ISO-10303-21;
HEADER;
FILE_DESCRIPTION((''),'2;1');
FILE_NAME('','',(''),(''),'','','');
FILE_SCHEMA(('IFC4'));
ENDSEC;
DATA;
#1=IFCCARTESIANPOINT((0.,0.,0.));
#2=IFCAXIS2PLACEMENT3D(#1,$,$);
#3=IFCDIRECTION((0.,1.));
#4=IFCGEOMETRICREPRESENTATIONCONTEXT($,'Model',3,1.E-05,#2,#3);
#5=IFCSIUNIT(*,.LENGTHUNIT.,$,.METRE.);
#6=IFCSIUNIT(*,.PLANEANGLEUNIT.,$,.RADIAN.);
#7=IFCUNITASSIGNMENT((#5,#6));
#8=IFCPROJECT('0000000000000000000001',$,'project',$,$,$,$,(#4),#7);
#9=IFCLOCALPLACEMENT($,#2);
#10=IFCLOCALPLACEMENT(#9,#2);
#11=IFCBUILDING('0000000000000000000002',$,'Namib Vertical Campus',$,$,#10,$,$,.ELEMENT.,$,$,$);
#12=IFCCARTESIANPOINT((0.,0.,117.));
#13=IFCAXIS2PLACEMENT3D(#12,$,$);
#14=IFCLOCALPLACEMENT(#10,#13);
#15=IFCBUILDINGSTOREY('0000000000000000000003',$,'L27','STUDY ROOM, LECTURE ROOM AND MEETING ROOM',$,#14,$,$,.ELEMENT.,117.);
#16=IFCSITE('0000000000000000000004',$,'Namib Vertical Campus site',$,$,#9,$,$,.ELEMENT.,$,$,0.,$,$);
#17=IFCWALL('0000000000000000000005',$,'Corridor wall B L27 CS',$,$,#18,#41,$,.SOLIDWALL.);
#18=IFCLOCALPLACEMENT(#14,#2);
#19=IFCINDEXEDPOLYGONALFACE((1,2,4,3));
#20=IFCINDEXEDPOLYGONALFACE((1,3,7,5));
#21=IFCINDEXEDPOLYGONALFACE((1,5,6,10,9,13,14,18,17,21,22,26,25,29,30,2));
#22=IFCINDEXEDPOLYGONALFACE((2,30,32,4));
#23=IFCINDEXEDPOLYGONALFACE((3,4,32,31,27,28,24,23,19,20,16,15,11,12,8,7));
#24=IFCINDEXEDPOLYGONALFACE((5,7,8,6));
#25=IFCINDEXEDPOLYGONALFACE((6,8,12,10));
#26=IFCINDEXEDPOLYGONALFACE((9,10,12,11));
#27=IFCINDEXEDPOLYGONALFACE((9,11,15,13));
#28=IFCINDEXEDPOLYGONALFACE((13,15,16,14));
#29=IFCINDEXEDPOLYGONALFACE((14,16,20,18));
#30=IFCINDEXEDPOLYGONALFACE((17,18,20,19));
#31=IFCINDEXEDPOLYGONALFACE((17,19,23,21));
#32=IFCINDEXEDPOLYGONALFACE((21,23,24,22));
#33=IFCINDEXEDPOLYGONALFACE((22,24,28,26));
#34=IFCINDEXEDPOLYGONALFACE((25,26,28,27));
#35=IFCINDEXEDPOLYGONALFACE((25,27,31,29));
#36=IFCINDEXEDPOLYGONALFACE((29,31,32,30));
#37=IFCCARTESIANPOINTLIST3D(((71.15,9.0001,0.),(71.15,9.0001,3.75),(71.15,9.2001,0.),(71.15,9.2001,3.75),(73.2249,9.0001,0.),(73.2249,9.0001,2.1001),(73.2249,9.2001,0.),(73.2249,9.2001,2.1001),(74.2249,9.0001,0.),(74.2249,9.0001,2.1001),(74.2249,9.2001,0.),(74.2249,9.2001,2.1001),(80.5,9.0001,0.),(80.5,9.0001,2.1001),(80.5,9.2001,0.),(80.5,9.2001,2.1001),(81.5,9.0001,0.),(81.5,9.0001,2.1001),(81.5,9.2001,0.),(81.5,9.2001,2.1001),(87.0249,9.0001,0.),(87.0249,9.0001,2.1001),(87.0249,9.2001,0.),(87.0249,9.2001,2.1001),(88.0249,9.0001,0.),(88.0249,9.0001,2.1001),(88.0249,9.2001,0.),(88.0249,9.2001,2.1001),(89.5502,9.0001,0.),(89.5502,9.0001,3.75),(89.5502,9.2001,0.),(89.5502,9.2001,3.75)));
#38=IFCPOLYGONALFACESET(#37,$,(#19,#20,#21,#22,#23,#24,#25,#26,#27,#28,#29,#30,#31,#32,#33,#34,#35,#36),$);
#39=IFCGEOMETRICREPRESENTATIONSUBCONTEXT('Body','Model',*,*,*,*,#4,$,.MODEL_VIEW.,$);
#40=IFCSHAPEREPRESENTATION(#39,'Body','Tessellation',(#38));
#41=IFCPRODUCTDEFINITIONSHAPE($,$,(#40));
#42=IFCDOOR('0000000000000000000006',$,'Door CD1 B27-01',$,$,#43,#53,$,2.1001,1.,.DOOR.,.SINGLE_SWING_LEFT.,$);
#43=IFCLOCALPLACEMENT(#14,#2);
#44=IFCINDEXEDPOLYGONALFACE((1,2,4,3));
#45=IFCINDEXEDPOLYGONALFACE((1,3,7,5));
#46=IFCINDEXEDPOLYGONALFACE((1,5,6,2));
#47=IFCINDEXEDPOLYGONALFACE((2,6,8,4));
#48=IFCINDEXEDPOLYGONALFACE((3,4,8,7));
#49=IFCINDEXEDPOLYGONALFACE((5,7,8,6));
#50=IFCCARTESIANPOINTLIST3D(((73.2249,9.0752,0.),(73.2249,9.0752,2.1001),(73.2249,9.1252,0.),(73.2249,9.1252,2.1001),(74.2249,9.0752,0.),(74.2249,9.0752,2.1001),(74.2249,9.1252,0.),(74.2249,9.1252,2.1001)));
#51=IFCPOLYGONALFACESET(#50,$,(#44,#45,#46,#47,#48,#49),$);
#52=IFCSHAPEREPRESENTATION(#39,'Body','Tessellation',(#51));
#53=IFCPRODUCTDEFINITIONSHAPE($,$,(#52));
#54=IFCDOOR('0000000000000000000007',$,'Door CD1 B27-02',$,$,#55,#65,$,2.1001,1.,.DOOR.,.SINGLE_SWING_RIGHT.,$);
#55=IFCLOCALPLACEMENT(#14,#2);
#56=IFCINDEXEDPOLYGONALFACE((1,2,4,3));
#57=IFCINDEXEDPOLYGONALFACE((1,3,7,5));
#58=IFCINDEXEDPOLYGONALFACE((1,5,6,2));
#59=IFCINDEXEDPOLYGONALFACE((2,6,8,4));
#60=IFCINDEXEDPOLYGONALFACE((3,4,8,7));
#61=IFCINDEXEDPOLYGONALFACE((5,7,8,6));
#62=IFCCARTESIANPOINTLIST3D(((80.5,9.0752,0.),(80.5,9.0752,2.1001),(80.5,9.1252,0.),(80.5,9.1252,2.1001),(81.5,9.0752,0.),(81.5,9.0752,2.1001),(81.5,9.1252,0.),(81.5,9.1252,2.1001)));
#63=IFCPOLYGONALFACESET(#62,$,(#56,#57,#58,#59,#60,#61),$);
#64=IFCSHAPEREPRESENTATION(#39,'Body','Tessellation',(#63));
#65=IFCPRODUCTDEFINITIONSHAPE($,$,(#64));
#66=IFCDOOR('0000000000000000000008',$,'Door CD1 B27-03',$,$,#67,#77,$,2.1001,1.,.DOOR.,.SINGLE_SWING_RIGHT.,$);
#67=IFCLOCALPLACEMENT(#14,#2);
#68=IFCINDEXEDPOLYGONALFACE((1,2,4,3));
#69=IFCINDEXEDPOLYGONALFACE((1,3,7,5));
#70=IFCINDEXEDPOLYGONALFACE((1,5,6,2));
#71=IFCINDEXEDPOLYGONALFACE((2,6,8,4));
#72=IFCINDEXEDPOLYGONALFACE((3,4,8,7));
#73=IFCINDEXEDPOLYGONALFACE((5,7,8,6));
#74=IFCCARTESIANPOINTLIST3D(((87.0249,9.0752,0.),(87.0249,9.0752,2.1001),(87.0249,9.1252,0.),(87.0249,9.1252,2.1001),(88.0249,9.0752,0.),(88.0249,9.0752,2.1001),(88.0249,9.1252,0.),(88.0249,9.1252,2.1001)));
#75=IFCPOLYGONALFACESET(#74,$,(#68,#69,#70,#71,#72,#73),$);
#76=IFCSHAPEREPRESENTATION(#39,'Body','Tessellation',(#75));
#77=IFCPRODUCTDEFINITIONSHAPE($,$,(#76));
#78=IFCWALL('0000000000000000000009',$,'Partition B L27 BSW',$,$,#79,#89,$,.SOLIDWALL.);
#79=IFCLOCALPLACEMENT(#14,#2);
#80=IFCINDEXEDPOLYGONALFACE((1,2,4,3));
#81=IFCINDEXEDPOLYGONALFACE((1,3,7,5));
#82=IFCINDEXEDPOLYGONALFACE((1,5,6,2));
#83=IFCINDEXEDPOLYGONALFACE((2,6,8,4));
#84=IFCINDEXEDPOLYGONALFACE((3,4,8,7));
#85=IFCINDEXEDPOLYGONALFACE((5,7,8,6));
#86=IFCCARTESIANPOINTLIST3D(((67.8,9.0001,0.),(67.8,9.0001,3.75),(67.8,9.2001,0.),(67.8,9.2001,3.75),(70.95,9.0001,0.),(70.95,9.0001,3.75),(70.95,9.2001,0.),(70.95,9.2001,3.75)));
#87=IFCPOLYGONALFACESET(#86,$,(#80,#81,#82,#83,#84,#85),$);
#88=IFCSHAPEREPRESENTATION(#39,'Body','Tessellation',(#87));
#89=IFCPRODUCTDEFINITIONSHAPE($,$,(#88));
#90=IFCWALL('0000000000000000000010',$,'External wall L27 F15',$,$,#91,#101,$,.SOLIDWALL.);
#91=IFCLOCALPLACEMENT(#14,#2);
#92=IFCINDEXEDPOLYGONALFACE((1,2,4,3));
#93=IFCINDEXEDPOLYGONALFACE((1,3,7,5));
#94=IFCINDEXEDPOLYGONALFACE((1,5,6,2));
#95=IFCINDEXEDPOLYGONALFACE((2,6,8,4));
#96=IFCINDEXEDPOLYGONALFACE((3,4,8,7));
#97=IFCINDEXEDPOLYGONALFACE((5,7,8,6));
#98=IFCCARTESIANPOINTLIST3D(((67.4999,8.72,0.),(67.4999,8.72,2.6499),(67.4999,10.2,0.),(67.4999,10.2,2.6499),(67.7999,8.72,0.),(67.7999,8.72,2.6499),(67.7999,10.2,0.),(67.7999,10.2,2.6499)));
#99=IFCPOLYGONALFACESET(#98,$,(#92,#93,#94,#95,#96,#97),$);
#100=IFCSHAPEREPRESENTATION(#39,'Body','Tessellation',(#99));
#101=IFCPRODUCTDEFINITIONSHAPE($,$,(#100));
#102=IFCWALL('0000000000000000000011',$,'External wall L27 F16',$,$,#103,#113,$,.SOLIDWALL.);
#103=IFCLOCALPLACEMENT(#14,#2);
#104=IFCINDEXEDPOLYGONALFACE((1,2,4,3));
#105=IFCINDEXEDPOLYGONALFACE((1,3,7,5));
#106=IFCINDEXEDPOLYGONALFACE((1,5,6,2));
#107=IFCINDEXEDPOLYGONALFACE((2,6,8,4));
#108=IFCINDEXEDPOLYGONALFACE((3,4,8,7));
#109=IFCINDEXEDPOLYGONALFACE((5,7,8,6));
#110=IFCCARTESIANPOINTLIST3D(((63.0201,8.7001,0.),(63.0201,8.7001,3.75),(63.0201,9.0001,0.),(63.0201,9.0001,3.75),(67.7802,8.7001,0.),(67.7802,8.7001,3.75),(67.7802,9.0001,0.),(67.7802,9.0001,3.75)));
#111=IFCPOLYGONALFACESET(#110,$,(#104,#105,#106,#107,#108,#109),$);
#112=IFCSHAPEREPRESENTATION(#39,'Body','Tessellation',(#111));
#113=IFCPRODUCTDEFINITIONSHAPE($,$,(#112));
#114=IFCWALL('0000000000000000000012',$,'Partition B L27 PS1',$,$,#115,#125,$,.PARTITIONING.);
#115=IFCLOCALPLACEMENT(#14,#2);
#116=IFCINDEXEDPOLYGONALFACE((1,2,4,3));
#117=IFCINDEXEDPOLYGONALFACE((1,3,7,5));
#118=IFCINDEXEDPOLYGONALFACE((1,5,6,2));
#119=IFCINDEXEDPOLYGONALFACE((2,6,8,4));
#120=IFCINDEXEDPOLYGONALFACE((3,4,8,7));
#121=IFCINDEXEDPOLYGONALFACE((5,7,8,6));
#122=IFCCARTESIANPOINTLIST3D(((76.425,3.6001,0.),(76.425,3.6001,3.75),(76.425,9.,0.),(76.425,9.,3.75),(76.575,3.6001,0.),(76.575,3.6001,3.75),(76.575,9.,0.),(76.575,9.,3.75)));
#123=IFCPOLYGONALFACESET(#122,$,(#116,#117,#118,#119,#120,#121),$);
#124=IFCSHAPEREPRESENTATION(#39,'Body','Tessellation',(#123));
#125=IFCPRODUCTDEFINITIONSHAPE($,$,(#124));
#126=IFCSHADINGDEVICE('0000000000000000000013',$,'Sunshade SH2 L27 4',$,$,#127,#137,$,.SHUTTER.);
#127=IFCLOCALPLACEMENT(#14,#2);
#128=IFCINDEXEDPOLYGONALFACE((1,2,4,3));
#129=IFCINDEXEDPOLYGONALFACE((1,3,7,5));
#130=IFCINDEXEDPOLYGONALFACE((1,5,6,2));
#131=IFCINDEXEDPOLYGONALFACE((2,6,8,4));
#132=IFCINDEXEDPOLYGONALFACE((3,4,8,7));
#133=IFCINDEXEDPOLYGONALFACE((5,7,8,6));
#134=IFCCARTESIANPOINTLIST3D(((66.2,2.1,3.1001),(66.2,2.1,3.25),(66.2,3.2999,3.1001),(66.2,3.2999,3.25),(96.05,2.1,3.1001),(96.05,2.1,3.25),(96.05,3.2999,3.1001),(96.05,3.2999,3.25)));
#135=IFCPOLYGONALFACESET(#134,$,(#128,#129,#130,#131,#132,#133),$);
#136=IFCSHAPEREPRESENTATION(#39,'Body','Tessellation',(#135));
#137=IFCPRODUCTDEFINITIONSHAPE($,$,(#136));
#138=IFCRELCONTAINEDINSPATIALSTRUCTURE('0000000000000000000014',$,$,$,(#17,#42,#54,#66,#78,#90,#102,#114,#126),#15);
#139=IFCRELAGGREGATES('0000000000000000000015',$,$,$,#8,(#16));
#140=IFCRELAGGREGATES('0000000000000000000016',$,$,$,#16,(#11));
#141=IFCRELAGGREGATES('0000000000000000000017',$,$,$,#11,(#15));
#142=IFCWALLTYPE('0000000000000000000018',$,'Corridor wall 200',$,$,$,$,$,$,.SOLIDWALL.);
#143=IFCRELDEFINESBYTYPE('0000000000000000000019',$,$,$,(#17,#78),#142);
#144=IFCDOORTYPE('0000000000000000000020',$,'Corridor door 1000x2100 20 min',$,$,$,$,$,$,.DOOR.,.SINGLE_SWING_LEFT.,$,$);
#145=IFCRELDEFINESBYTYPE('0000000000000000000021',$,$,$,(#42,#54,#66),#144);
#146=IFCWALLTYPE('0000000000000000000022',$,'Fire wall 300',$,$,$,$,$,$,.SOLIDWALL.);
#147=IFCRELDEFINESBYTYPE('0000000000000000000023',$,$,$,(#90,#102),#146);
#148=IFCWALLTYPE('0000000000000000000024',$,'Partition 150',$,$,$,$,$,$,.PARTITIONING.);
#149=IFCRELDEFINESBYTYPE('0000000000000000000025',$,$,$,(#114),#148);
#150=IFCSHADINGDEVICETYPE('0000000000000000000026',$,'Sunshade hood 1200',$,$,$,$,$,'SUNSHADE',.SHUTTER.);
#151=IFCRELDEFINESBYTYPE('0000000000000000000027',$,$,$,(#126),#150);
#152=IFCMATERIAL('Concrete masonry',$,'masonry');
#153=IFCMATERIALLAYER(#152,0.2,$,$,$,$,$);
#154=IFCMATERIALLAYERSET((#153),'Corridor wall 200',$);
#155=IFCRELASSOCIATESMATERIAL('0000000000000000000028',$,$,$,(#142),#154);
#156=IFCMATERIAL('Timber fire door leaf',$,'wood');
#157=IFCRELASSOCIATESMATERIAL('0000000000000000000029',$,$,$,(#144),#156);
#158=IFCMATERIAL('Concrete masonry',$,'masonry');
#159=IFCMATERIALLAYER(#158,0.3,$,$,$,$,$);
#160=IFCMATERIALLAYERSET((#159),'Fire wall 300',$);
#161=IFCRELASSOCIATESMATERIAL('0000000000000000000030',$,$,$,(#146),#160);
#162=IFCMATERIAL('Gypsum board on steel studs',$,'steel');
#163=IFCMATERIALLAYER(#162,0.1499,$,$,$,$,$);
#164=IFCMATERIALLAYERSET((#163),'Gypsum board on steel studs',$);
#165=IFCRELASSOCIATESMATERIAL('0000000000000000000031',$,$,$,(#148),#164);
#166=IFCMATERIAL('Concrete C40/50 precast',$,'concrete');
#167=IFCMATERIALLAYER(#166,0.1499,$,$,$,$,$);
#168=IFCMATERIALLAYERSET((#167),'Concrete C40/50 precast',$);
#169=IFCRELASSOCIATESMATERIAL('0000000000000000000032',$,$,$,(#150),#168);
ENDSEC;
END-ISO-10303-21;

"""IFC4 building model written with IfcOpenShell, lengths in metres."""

from ifc_helpers import new_model, si_unit, direction, frame, frame_2d, origin, origin_2d, place, context, subcontext, project, spatial, rectangle, extrude, material, layer, layer_set, type_object, element, fill, save


model = new_model("IFC4")

# Units and contexts
model_context = context("Model", 3, precision=1e-05, world=origin(), true_north=direction((0.0, 1.0)))
body_context = subcontext(model_context, "Body", "Model", "MODEL_VIEW")
ifc_project = project(units=[si_unit("LENGTHUNIT", "METRE"), si_unit("PLANEANGLEUNIT", "RADIAN")], contexts=[model_context])

# Site, building, storey
site_placement = place(None, origin())
site = spatial("IfcSite", under=ifc_project, at=site_placement, Name="Namib Vertical Campus site", CompositionType="ELEMENT", RefElevation=0.0)
building_placement = place(site_placement, origin())
building = spatial("IfcBuilding", under=site, at=building_placement, Name="Namib Vertical Campus", CompositionType="ELEMENT")
storey_placement = place(building_placement, frame((0.0, 0.0, 117.0)))
storey = spatial("IfcBuildingStorey", under=building, at=storey_placement, Name="L27", Description="STUDY ROOM, LECTURE ROOM AND MEETING ROOM", CompositionType="ELEMENT", Elevation=117.0)

# Wall, openings, doors
ifc_material_1 = material(Name="Concrete masonry", Category="masonry")
ifc_layer_1 = layer(ifc_material_1, 0.2)
ifc_layer_set_1 = layer_set([ifc_layer_1], Name="Corridor wall 200")
wall_type_1 = type_object("IfcWallType", Name="Corridor wall 200", PredefinedType="SOLIDWALL", material=ifc_layer_set_1)
wall_1_placement = place(storey_placement, frame((71.1499, 9.1001, 0.0), z_axis=(0.0, 0.0, 1.0), x_axis=(1.0, 0.0, 0.0)))
wall_1 = element("IfcWall", 1, at=wall_1_placement, inside=storey, type_object=wall_type_1, Name="Corridor wall B L27 CS", PredefinedType="SOLIDWALL", context=body_context, shape_type="SweptSolid", body=[
    extrude(rectangle(XDim=18.4001, YDim=0.2, at=frame_2d((9.2002, 0.0))), origin(), (0.0, 0.0, 1.0), 3.75),
])
opening_1_placement = place(wall_1_placement, frame((2.075, 0.0, 0.0)))
opening_1 = element("IfcOpeningElement", 2, at=opening_1_placement, cuts=wall_1, PredefinedType="OPENING", context=body_context, shape_type="SweptSolid", body=[
    extrude(rectangle(XDim=1.0, YDim=2.1001, at=frame_2d((0.5, 1.05))), frame((0.0, 0.1099, 0.0), z_axis=(0.0, -1.0, 0.0), x_axis=(1.0, 0.0, 0.0)), (0.0, 0.0, 1.0), 0.22),
])
opening_2_placement = place(wall_1_placement, frame((9.3501, 0.0, 0.0)))
opening_2 = element("IfcOpeningElement", 3, at=opening_2_placement, cuts=wall_1, PredefinedType="OPENING", context=body_context, shape_type="SweptSolid", body=[
    extrude(rectangle(XDim=1.0, YDim=2.1001, at=frame_2d((0.5, 1.05))), frame((0.0, 0.1099, 0.0), z_axis=(0.0, -1.0, 0.0), x_axis=(1.0, 0.0, 0.0)), (0.0, 0.0, 1.0), 0.22),
])
opening_3_placement = place(wall_1_placement, frame((15.875, 0.0, 0.0)))
opening_3 = element("IfcOpeningElement", 4, at=opening_3_placement, cuts=wall_1, PredefinedType="OPENING", context=body_context, shape_type="SweptSolid", body=[
    extrude(rectangle(XDim=1.0, YDim=2.1001, at=frame_2d((0.5, 1.05))), frame((0.0, 0.1099, 0.0), z_axis=(0.0, -1.0, 0.0), x_axis=(1.0, 0.0, 0.0)), (0.0, 0.0, 1.0), 0.22),
])
ifc_material_2 = material(Name="Timber fire door leaf", Category="wood")
door_type_1 = type_object("IfcDoorType", Name="Corridor door 1000x2100 20 min", OperationType="SINGLE_SWING_LEFT", PredefinedType="DOOR", material=ifc_material_2)
door_1_placement = place(opening_1_placement, frame((1.0, 0.0, 0.0), z_axis=(0.0, 0.0, 1.0), x_axis=(-1.0, 0.0, 0.0)))
door_1 = element("IfcDoor", 5, at=door_1_placement, inside=storey, type_object=door_type_1, Name="Door CD1 B27-01", OperationType="SINGLE_SWING_LEFT", OverallHeight=2.1001, OverallWidth=1.0, PredefinedType="DOOR", context=body_context, shape_type="SweptSolid", body=[
    extrude(rectangle(XDim=1.0, YDim=2.1001, at=frame_2d((0.5, 1.05))), frame((0.0, 0.0249, 0.0), z_axis=(0.0, -1.0, 0.0), x_axis=(1.0, 0.0, 0.0)), (0.0, 0.0, 1.0), 0.05),
])
fill(opening_1, door_1)
door_2_placement = place(opening_2_placement, frame((1.0, 0.0, 0.0), z_axis=(0.0, 0.0, 1.0), x_axis=(-1.0, 0.0, 0.0)))
door_2 = element("IfcDoor", 6, at=door_2_placement, inside=storey, type_object=door_type_1, Name="Door CD1 B27-02", OperationType="SINGLE_SWING_RIGHT", OverallHeight=2.1001, OverallWidth=1.0, PredefinedType="DOOR", context=body_context, shape_type="SweptSolid", body=[
    extrude(rectangle(XDim=1.0, YDim=2.1001, at=frame_2d((0.5, 1.05))), frame((0.0, 0.0249, 0.0), z_axis=(0.0, -1.0, 0.0), x_axis=(1.0, 0.0, 0.0)), (0.0, 0.0, 1.0), 0.05),
])
fill(opening_2, door_2)
door_3_placement = place(opening_3_placement, frame((1.0, 0.0, 0.0), z_axis=(0.0, 0.0, 1.0), x_axis=(-1.0, 0.0, 0.0)))
door_3 = element("IfcDoor", 7, at=door_3_placement, inside=storey, type_object=door_type_1, Name="Door CD1 B27-03", OperationType="SINGLE_SWING_RIGHT", OverallHeight=2.1001, OverallWidth=1.0, PredefinedType="DOOR", context=body_context, shape_type="SweptSolid", body=[
    extrude(rectangle(XDim=1.0, YDim=2.1001, at=frame_2d((0.5, 1.05))), frame((0.0, 0.0249, 0.0), z_axis=(0.0, -1.0, 0.0), x_axis=(1.0, 0.0, 0.0)), (0.0, 0.0, 1.0), 0.05),
])
fill(opening_3, door_3)

# Walls
wall_2_placement = place(storey_placement, frame((67.8, 9.1001, 0.0), z_axis=(0.0, 0.0, 1.0), x_axis=(1.0, 0.0, 0.0)))
element("IfcWall", 8, at=wall_2_placement, inside=storey, type_object=wall_type_1, Name="Partition B L27 BSW", PredefinedType="SOLIDWALL", context=body_context, shape_type="SweptSolid", body=[
    extrude(rectangle(XDim=3.1499, YDim=0.2, at=frame_2d((1.575, 0.0))), origin(), (0.0, 0.0, 1.0), 3.75),
])
ifc_material_3 = material(Name="Concrete masonry", Category="masonry")
ifc_layer_2 = layer(ifc_material_3, 0.3)
ifc_layer_set_2 = layer_set([ifc_layer_2], Name="Fire wall 300")
wall_type_2 = type_object("IfcWallType", Name="Fire wall 300", PredefinedType="SOLIDWALL", material=ifc_layer_set_2)
wall_3_placement = place(storey_placement, frame((67.6499, 10.2, 0.0), z_axis=(0.0, 0.0, 1.0), x_axis=(0.0, -1.0, 0.0)))
element("IfcWall", 9, at=wall_3_placement, inside=storey, type_object=wall_type_2, Name="External wall L27 F15", PredefinedType="SOLIDWALL", context=body_context, shape_type="SweptSolid", body=[
    extrude(rectangle(XDim=1.48, YDim=0.3, at=frame_2d((0.74, 0.0))), origin(), (0.0, 0.0, 1.0), 2.6499),
])
wall_4_placement = place(storey_placement, frame((67.78, 8.8501, 0.0), z_axis=(0.0, 0.0, 1.0), x_axis=(-1.0, 0.0, 0.0)))
element("IfcWall", 10, at=wall_4_placement, inside=storey, type_object=wall_type_2, Name="External wall L27 F16", PredefinedType="SOLIDWALL", context=body_context, shape_type="SweptSolid", body=[
    extrude(rectangle(XDim=4.76, YDim=0.3, at=frame_2d((2.3799, 0.0))), origin(), (0.0, 0.0, 1.0), 3.75),
])
ifc_material_4 = material(Name="Gypsum board on steel studs", Category="steel")
ifc_layer_3 = layer(ifc_material_4, 0.1499)
ifc_layer_set_3 = layer_set([ifc_layer_3], Name="Gypsum board on steel studs")
wall_type_3 = type_object("IfcWallType", Name="Partition 150", PredefinedType="PARTITIONING", material=ifc_layer_set_3)
wall_5_placement = place(storey_placement, frame((76.5, 3.6001, 0.0), z_axis=(0.0, 0.0, 1.0), x_axis=(0.0, 1.0, 0.0)))
element("IfcWall", 11, at=wall_5_placement, inside=storey, type_object=wall_type_3, Name="Partition B L27 PS1", PredefinedType="PARTITIONING", context=body_context, shape_type="SweptSolid", body=[
    extrude(rectangle(XDim=5.3999, YDim=0.1499, at=frame_2d((2.7, 0.0))), origin(), (0.0, 0.0, 1.0), 3.75),
])

# Shading device
ifc_material_5 = material(Name="Concrete C40/50 precast", Category="concrete")
ifc_layer_4 = layer(ifc_material_5, 0.1499)
ifc_layer_set_4 = layer_set([ifc_layer_4], Name="Concrete C40/50 precast")
shading_device_type = type_object("IfcShadingDeviceType", Name="Sunshade hood 1200", ElementType="SUNSHADE", PredefinedType="SHUTTER", material=ifc_layer_set_4)
shading_device_placement = place(storey_placement, frame((81.125, 2.7, 3.1001), z_axis=(0.0, 0.0, 1.0), x_axis=(1.0, 0.0, 0.0)))
element("IfcShadingDevice", 12, at=shading_device_placement, inside=storey, type_object=shading_device_type, Name="Sunshade SH2 L27 4", PredefinedType="SHUTTER", context=body_context, shape_type="SweptSolid", body=[
    extrude(rectangle(XDim=29.8501, YDim=1.2, at=origin_2d()), origin(), (0.0, 0.0, 1.0), 0.1499),
])

save(model, "model.ifc")
